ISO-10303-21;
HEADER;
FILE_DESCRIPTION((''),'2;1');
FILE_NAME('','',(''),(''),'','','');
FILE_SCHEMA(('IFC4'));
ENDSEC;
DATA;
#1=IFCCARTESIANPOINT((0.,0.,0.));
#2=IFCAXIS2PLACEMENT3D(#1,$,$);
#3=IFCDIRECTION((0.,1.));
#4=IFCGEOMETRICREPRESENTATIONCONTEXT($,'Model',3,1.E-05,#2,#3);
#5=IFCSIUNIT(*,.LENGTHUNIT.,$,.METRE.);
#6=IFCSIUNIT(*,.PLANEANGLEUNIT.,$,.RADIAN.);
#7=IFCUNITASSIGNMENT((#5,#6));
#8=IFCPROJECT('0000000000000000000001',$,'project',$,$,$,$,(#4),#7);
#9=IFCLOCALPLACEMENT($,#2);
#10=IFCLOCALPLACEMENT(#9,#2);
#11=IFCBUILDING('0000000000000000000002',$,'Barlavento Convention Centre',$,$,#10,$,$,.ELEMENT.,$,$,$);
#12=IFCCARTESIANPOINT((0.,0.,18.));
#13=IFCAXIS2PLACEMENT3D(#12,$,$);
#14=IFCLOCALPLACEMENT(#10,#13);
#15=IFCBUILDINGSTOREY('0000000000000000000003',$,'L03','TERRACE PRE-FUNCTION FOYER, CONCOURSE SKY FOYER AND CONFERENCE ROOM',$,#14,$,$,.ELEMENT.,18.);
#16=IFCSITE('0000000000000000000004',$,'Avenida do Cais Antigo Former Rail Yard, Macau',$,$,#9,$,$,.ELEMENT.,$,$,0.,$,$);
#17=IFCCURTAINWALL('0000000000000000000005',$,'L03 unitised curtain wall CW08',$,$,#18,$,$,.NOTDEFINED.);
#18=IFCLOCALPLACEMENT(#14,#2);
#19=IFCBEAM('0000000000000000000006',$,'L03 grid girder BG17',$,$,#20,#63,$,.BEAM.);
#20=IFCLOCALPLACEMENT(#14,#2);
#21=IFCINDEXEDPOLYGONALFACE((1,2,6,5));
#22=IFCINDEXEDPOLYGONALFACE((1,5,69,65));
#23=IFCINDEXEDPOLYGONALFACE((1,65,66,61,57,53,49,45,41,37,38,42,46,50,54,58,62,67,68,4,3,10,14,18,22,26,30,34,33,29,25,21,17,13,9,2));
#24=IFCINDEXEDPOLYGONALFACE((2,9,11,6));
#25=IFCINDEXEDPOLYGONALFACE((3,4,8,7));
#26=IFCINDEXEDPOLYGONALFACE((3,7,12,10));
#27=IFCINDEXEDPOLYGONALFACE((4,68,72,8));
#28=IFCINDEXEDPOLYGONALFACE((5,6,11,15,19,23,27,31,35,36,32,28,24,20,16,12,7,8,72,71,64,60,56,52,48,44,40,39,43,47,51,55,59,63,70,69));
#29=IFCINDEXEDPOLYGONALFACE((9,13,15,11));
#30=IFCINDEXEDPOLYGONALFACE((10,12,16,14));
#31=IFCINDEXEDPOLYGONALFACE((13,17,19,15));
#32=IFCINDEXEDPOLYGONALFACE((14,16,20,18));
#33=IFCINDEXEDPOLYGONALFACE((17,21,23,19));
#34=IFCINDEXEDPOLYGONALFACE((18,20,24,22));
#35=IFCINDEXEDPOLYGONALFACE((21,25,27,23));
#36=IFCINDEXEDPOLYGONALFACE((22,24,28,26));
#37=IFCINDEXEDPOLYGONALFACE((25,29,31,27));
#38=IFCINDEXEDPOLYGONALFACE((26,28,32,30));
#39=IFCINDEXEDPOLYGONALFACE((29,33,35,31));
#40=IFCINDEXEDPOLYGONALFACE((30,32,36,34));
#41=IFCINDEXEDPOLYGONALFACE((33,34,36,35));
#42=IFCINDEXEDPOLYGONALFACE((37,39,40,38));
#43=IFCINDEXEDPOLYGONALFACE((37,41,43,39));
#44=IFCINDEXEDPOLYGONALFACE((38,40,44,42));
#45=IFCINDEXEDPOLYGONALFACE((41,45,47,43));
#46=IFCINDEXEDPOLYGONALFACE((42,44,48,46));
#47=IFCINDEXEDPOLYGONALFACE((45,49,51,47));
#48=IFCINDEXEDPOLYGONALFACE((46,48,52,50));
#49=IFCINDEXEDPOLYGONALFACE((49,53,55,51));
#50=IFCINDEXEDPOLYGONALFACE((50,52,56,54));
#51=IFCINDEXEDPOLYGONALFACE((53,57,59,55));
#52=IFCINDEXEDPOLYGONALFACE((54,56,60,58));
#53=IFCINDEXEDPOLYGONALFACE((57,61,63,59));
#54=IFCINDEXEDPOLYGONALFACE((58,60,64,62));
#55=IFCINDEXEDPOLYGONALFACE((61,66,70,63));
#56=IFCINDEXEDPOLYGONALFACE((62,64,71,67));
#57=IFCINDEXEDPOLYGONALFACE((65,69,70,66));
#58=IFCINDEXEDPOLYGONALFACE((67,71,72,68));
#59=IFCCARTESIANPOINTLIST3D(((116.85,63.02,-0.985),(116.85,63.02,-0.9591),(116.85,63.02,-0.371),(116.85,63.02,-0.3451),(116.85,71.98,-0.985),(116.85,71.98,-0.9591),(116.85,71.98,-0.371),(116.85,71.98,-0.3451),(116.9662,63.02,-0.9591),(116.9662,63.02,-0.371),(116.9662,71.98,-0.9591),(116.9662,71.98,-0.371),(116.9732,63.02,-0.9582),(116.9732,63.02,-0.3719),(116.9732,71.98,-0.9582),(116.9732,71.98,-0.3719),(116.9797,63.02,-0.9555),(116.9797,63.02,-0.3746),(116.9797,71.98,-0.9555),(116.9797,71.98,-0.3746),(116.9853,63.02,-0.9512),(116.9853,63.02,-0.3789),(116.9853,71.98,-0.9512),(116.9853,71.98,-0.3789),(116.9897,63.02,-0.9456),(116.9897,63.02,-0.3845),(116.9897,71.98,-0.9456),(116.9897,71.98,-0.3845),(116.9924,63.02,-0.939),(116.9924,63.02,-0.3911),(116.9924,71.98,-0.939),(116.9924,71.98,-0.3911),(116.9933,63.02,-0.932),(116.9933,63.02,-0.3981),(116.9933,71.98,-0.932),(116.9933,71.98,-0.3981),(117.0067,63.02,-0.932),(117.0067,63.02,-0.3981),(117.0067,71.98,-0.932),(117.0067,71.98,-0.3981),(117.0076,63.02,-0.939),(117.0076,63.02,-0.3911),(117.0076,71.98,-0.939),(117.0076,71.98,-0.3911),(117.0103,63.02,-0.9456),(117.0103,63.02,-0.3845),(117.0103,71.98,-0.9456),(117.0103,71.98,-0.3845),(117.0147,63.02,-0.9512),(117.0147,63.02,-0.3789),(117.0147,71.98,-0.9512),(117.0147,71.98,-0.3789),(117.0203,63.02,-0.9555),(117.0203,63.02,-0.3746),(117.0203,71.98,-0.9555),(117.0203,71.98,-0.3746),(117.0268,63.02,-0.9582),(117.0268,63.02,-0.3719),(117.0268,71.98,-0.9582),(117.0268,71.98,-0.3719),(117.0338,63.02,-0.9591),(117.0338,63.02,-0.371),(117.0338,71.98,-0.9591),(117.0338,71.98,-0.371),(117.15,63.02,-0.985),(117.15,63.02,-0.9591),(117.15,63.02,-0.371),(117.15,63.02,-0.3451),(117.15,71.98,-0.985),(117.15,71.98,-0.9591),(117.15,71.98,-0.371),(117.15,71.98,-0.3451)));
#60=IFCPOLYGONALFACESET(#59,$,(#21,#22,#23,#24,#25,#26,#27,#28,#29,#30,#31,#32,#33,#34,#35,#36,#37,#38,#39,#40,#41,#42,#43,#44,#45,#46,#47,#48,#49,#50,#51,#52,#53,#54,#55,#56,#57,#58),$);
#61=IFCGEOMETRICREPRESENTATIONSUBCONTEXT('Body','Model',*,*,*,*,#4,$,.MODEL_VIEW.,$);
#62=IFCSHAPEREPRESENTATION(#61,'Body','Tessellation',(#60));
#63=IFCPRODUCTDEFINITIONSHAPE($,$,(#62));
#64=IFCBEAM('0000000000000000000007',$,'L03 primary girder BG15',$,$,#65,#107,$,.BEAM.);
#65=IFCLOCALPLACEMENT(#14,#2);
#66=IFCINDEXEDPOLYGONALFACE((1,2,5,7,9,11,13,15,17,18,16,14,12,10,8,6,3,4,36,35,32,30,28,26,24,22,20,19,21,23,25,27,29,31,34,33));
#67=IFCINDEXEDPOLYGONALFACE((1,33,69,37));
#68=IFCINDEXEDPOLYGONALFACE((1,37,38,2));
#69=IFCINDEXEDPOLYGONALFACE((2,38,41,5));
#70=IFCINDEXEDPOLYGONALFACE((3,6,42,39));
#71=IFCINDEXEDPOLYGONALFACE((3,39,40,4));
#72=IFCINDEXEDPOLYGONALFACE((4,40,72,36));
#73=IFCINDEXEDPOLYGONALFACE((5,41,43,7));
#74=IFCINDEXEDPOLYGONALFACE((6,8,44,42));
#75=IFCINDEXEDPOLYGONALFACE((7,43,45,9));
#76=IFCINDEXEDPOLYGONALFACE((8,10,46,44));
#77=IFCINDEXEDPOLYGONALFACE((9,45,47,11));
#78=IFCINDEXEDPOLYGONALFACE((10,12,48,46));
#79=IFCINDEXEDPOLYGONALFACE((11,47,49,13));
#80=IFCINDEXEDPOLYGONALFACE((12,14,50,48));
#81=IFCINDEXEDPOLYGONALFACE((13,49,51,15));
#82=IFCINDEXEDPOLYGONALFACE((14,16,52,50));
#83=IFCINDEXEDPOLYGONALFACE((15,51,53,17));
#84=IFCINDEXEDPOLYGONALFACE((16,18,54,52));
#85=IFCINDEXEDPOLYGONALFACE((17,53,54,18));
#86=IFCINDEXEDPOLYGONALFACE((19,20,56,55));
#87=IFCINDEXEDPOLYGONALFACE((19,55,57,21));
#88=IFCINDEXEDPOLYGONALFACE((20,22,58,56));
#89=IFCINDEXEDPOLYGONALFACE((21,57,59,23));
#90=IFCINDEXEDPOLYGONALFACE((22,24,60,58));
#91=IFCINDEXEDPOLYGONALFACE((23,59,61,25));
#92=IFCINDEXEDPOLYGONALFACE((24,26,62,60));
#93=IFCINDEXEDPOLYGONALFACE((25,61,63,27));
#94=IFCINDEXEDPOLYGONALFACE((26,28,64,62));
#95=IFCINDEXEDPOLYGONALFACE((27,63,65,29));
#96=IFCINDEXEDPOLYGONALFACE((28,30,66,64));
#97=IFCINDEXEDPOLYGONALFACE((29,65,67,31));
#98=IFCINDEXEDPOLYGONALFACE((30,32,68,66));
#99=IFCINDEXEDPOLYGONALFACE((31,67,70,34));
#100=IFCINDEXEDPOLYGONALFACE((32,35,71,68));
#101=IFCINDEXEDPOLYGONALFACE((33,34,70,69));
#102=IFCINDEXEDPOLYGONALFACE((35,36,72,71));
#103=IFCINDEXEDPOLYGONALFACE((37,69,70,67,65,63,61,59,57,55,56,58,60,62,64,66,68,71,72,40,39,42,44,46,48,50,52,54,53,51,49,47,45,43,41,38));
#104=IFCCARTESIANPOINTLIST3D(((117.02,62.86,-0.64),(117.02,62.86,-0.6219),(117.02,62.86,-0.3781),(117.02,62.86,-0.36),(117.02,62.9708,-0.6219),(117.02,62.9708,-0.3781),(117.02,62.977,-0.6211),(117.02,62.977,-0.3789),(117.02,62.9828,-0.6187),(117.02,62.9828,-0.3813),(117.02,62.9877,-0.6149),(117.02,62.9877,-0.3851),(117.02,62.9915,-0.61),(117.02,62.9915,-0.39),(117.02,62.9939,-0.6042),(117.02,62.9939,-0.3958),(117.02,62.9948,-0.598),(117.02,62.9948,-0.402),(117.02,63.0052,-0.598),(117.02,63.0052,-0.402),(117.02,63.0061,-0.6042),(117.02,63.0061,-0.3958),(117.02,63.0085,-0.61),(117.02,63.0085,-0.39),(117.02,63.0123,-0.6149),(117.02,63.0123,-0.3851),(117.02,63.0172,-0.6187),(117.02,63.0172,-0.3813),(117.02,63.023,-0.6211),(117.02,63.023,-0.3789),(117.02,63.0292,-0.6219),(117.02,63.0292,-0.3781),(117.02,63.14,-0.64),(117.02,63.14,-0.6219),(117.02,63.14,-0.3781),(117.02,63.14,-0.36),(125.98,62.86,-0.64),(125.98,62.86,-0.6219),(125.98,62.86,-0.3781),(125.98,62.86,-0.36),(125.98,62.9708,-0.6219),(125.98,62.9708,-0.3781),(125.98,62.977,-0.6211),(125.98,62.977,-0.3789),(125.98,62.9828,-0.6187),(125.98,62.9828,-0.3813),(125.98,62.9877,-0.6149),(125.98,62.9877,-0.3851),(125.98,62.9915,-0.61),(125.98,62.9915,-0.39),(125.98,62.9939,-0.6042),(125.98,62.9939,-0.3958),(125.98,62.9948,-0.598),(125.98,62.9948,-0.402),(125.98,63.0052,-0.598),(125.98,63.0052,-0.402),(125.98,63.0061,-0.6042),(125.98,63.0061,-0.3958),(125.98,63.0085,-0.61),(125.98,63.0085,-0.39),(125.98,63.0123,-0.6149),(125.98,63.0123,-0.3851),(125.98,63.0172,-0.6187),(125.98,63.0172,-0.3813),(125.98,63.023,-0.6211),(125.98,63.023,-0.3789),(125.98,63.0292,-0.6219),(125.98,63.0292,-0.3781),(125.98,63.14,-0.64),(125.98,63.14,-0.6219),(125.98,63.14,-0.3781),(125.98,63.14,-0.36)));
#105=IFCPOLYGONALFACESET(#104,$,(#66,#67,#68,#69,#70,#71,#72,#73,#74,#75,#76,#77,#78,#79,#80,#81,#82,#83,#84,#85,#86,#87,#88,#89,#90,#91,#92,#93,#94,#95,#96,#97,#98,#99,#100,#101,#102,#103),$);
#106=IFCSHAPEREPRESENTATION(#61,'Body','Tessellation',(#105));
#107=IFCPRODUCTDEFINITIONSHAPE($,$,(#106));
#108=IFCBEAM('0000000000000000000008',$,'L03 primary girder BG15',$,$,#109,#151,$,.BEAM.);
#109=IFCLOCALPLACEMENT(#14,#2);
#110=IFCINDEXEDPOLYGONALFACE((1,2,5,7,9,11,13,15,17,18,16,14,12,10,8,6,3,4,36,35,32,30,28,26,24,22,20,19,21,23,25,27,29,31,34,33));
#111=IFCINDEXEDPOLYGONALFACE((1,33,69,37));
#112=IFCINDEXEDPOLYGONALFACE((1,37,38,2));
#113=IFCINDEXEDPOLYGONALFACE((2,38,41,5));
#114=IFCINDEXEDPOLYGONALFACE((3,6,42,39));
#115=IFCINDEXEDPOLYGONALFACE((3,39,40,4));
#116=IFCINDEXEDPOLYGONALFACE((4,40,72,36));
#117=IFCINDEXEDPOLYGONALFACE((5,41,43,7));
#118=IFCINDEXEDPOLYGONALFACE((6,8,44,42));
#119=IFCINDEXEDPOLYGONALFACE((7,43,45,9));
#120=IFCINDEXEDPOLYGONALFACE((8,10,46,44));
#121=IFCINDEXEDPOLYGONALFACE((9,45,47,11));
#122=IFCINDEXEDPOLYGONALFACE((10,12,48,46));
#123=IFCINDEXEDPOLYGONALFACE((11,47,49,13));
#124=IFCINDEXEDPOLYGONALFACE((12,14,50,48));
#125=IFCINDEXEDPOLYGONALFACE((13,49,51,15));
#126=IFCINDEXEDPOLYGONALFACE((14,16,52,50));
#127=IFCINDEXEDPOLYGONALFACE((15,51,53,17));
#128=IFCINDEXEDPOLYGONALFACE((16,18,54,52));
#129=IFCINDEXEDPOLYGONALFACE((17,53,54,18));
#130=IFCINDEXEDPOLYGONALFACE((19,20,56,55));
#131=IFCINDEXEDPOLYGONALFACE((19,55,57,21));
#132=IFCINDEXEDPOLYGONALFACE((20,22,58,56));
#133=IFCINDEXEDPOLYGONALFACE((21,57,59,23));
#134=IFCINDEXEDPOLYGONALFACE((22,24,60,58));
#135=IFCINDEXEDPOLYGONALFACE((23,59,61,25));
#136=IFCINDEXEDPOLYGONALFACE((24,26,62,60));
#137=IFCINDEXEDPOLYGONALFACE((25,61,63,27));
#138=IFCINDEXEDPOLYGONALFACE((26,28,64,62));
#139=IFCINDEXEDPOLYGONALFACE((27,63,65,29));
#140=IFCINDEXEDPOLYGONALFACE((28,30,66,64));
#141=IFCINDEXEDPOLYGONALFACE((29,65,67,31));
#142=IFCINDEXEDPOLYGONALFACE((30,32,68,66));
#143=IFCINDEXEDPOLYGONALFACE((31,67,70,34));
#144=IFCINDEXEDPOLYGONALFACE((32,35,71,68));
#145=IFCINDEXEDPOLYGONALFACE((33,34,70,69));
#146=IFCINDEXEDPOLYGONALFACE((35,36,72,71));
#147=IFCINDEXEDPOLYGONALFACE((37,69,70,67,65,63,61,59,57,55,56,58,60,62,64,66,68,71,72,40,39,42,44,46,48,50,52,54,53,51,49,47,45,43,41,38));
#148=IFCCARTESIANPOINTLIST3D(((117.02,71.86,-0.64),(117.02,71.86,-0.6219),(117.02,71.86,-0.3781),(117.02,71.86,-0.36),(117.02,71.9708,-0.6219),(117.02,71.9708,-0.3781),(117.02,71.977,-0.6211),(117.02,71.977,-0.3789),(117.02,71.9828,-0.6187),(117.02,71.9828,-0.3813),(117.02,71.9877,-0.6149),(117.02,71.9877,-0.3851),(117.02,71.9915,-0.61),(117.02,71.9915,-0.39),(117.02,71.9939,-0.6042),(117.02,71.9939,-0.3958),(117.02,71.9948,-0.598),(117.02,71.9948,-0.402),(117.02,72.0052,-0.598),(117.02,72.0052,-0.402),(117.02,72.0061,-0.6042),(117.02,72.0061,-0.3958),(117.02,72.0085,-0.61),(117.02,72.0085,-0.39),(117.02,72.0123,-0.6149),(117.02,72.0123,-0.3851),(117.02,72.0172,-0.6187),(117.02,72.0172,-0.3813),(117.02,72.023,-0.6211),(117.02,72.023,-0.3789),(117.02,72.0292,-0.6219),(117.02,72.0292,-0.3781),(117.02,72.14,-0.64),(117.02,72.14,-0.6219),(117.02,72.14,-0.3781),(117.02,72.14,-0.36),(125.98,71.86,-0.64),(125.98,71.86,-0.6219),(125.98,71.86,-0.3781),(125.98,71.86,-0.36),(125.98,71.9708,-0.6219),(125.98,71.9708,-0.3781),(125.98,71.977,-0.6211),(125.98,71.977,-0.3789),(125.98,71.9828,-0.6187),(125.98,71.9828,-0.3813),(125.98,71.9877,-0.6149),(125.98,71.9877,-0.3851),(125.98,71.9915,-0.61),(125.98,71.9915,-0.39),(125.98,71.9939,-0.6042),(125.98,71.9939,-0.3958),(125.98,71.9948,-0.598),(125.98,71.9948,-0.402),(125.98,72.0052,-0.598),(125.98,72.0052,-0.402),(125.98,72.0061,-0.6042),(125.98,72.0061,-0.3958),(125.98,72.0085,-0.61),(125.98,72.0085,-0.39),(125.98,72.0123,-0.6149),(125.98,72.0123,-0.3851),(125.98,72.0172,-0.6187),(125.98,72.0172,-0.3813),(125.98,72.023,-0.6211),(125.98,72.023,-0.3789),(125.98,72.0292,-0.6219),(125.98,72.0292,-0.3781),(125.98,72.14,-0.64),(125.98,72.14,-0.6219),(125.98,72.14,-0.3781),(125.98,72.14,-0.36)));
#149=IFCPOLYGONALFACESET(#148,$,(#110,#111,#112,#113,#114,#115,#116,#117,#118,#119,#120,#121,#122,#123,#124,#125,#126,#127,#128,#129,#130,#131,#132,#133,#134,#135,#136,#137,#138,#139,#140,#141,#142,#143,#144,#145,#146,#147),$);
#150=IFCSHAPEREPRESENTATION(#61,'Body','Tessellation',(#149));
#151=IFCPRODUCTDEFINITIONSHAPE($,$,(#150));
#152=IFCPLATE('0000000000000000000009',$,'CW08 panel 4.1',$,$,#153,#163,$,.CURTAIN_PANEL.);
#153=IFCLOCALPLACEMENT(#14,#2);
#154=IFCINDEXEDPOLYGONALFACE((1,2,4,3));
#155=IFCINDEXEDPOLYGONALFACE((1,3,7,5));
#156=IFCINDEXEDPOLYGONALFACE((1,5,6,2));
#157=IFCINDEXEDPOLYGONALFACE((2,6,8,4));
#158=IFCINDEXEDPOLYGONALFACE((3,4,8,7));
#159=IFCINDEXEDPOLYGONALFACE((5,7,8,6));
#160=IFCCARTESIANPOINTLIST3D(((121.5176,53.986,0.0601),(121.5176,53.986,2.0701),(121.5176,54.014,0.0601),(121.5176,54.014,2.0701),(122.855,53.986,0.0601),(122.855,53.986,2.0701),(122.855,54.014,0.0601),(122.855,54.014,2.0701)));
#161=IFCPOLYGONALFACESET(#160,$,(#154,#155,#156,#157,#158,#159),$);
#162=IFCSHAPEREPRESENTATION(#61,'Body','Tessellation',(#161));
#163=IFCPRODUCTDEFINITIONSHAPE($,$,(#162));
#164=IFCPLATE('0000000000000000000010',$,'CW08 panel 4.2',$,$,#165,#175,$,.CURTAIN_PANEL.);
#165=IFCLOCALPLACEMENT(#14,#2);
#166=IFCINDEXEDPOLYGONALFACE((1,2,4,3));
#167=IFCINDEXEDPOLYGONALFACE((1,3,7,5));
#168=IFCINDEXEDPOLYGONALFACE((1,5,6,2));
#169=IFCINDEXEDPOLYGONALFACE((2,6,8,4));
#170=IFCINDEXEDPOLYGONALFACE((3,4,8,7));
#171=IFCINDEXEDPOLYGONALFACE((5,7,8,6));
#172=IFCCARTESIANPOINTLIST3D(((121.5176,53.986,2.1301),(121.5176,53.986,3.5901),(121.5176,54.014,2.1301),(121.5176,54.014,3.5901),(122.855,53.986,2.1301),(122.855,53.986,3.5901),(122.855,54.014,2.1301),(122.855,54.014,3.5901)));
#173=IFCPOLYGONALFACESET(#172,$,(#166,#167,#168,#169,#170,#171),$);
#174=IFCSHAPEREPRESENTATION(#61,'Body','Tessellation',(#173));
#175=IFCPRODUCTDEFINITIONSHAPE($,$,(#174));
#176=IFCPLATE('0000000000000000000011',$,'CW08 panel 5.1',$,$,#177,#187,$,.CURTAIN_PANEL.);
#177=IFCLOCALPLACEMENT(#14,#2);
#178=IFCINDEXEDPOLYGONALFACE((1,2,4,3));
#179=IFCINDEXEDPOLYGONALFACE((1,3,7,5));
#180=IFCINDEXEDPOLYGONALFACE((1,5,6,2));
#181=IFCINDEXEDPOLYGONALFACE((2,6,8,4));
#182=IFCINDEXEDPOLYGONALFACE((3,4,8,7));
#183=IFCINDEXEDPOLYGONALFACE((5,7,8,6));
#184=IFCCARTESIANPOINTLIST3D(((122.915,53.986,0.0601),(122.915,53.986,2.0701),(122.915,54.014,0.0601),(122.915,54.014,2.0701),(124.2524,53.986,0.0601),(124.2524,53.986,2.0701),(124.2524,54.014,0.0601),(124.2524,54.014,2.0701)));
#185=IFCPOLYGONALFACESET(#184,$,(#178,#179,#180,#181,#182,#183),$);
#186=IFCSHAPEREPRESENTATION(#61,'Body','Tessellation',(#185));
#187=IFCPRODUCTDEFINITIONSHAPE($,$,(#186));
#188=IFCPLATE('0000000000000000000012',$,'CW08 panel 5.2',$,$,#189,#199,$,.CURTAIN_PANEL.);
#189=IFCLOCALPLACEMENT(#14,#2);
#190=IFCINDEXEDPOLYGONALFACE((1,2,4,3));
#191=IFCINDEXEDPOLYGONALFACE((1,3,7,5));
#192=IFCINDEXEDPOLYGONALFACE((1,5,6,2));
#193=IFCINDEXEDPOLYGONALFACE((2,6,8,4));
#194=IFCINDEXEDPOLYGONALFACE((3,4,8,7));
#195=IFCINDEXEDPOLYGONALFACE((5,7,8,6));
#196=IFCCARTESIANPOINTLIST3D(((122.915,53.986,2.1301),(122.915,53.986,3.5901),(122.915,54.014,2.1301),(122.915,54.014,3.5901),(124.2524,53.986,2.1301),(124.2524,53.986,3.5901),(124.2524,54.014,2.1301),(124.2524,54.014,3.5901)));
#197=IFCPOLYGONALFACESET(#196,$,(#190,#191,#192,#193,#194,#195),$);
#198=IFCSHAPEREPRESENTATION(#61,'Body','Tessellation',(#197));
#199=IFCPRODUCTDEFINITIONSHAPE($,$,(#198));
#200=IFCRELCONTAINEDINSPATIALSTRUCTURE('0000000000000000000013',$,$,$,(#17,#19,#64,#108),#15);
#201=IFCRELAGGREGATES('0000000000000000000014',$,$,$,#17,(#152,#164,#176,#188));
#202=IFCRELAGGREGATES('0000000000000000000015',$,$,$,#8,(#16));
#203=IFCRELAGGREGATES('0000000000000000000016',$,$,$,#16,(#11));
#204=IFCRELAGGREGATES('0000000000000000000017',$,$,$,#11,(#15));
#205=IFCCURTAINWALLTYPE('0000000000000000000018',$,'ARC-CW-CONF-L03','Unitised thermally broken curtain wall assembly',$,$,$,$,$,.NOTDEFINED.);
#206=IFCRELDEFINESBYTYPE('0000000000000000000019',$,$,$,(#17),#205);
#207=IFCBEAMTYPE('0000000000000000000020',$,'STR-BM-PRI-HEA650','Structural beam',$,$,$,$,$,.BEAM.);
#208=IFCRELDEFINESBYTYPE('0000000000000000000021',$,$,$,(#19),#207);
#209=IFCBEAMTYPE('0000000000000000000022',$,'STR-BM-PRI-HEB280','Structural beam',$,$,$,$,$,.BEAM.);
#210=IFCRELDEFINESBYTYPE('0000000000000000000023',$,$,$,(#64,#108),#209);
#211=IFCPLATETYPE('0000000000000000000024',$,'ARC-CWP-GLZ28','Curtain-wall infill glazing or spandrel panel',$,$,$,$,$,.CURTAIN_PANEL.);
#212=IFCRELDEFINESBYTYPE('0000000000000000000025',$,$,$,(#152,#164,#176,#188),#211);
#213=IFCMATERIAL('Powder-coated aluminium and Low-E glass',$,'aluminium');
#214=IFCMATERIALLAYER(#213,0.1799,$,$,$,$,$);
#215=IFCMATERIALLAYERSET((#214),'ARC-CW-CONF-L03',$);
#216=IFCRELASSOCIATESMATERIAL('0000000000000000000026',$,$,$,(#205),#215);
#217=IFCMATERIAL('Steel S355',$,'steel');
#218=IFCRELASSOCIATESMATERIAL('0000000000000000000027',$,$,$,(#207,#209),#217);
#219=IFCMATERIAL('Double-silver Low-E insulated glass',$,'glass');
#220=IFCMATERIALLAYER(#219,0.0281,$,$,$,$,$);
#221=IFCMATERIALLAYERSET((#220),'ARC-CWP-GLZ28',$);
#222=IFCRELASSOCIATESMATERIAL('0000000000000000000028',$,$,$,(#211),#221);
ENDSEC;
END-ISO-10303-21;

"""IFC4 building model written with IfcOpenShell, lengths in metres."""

from ifc_helpers import new_model, si_unit, direction, frame, origin, origin_2d, place, context, subcontext, project, spatial, rectangle, i_section, extrude, material, layer, layer_set, material_profile, profile_set, type_object, element, aggregate, save


model = new_model("IFC4")

# Units and contexts
model_context = context("Model", 3, precision=1e-05, world=origin(), true_north=direction((0.0, 1.0)))
body_context = subcontext(model_context, "Body", "Model", "MODEL_VIEW")
ifc_project = project(units=[si_unit("LENGTHUNIT", "METRE"), si_unit("PLANEANGLEUNIT", "RADIAN")], contexts=[model_context])

# Site, building, storey
site_placement = place(None, origin())
site = spatial("IfcSite", under=ifc_project, at=site_placement, Name="Avenida do Cais Antigo Former Rail Yard, Macau", CompositionType="ELEMENT", RefElevation=0.0)
building_placement = place(site_placement, origin())
building = spatial("IfcBuilding", under=site, at=building_placement, Name="Barlavento Convention Centre", CompositionType="ELEMENT")
storey_placement = place(building_placement, frame((0.0, 0.0, 18.0)))
storey = spatial("IfcBuildingStorey", under=building, at=storey_placement, Name="L03", Description="TERRACE PRE-FUNCTION FOYER, CONCOURSE SKY FOYER AND CONFERENCE ROOM", CompositionType="ELEMENT", Elevation=18.0)

# Curtain wall
ifc_material_1 = material(Name="Powder-coated aluminium and Low-E glass", Category="aluminium")
ifc_layer_1 = layer(ifc_material_1, 0.1799)
ifc_layer_set_1 = layer_set([ifc_layer_1], Name="ARC-CW-CONF-L03")
curtain_wall_type = type_object("IfcCurtainWallType", Name="ARC-CW-CONF-L03", Description="Unitised thermally broken curtain wall assembly", PredefinedType="NOTDEFINED", material=ifc_layer_set_1)
curtain_wall_placement = place(storey_placement, origin())
curtain_wall = element("IfcCurtainWall", 1, at=curtain_wall_placement, inside=storey, type_object=curtain_wall_type, Name="L03 unitised curtain wall CW08", PredefinedType="NOTDEFINED")

# Beams
ifc_material_2 = material(Name="Steel S355", Category="steel")
ifc_material_profile_1 = material_profile(ifc_material_2, i_section(OverallWidth=0.3, OverallDepth=0.6399, WebThickness=0.0134, FlangeThickness=0.0259, FilletRadius=0.0271, at=origin_2d()), Name="HEA 650")
ifc_profile_set_1 = profile_set([ifc_material_profile_1], Name="Steel S355")
beam_type_1 = type_object("IfcBeamType", Name="STR-BM-PRI-HEA650", Description="Structural beam", PredefinedType="BEAM", material=ifc_profile_set_1)
beam_1_placement = place(storey_placement, frame((117.0, 63.02, -0.665), z_axis=(0.0, 1.0, 0.0), x_axis=(-1.0, 0.0, 0.0)))
element("IfcBeam", 2, at=beam_1_placement, inside=storey, type_object=beam_type_1, Name="L03 grid girder BG17", PredefinedType="BEAM", context=body_context, shape_type="SweptSolid", body=[
    extrude(i_section(OverallWidth=0.3, OverallDepth=0.6399, WebThickness=0.0134, FlangeThickness=0.0259, FilletRadius=0.0271, at=origin_2d()), origin(), (0.0, 0.0, 1.0), 8.96),
])
ifc_material_profile_2 = material_profile(ifc_material_2, i_section(OverallWidth=0.28, OverallDepth=0.28, WebThickness=0.0105, FlangeThickness=0.0181, FilletRadius=0.0239, at=origin_2d()), Name="HEB 280")
ifc_profile_set_2 = profile_set([ifc_material_profile_2], Name="Steel S355")
beam_type_2 = type_object("IfcBeamType", Name="STR-BM-PRI-HEB280", Description="Structural beam", PredefinedType="BEAM", material=ifc_profile_set_2)
for number, where, z_axis, x_axis, name in (
    (3, (117.02, 63.0, -0.5), (1.0, 0.0, 0.0), (0.0, 1.0, 0.0), "L03 primary girder BG15"),
    (4, (117.02, 72.0, -0.5), (1.0, 0.0, 0.0), (0.0, 1.0, 0.0), "L03 primary girder BG15"),
):
    element("IfcBeam", number, at=place(storey_placement, frame(where, z_axis=z_axis, x_axis=x_axis)), inside=storey, type_object=beam_type_2, Name=name, PredefinedType="BEAM", context=body_context, shape_type="SweptSolid", body=[
        extrude(i_section(OverallWidth=0.28, OverallDepth=0.28, WebThickness=0.0105, FlangeThickness=0.0181, FilletRadius=0.0239, at=origin_2d()), origin(), (0.0, 0.0, 1.0), 8.96),
    ])

# Plates
ifc_material_3 = material(Name="Double-silver Low-E insulated glass", Category="glass")
ifc_layer_2 = layer(ifc_material_3, 0.0281)
ifc_layer_set_2 = layer_set([ifc_layer_2], Name="ARC-CWP-GLZ28")
plate_type = type_object("IfcPlateType", Name="ARC-CWP-GLZ28", Description="Curtain-wall infill glazing or spandrel panel", PredefinedType="CURTAIN_PANEL", material=ifc_layer_set_2)
plate_1_placement = place(storey_placement, frame((122.1863, 54.0, 0.0601), z_axis=(0.0, 0.0, 1.0), x_axis=(1.0, 0.0, 0.0)))
plate_1 = element("IfcPlate", 5, at=plate_1_placement, type_object=plate_type, Name="CW08 panel 4.1", PredefinedType="CURTAIN_PANEL", context=body_context, shape_type="SweptSolid", body=[
    extrude(rectangle(XDim=1.3374, YDim=0.0281, at=origin_2d()), origin(), (0.0, 0.0, 1.0), 2.01),
])
plate_2_placement = place(storey_placement, frame((122.1863, 54.0, 2.1301), z_axis=(0.0, 0.0, 1.0), x_axis=(1.0, 0.0, 0.0)))
plate_2 = element("IfcPlate", 6, at=plate_2_placement, type_object=plate_type, Name="CW08 panel 4.2", PredefinedType="CURTAIN_PANEL", context=body_context, shape_type="SweptSolid", body=[
    extrude(rectangle(XDim=1.3374, YDim=0.0281, at=origin_2d()), origin(), (0.0, 0.0, 1.0), 1.46),
])
plate_3_placement = place(storey_placement, frame((123.5837, 54.0, 0.0601), z_axis=(0.0, 0.0, 1.0), x_axis=(1.0, 0.0, 0.0)))
plate_3 = element("IfcPlate", 7, at=plate_3_placement, type_object=plate_type, Name="CW08 panel 5.1", PredefinedType="CURTAIN_PANEL", context=body_context, shape_type="SweptSolid", body=[
    extrude(rectangle(XDim=1.3374, YDim=0.0281, at=origin_2d()), origin(), (0.0, 0.0, 1.0), 2.01),
])
plate_4_placement = place(storey_placement, frame((123.5837, 54.0, 2.1301), z_axis=(0.0, 0.0, 1.0), x_axis=(1.0, 0.0, 0.0)))
plate_4 = element("IfcPlate", 8, at=plate_4_placement, type_object=plate_type, Name="CW08 panel 5.2", PredefinedType="CURTAIN_PANEL", context=body_context, shape_type="SweptSolid", body=[
    extrude(rectangle(XDim=1.3374, YDim=0.0281, at=origin_2d()), origin(), (0.0, 0.0, 1.0), 1.46),
])
aggregate(curtain_wall, [plate_1, plate_2, plate_3, plate_4])

save(model, "model.ifc")
